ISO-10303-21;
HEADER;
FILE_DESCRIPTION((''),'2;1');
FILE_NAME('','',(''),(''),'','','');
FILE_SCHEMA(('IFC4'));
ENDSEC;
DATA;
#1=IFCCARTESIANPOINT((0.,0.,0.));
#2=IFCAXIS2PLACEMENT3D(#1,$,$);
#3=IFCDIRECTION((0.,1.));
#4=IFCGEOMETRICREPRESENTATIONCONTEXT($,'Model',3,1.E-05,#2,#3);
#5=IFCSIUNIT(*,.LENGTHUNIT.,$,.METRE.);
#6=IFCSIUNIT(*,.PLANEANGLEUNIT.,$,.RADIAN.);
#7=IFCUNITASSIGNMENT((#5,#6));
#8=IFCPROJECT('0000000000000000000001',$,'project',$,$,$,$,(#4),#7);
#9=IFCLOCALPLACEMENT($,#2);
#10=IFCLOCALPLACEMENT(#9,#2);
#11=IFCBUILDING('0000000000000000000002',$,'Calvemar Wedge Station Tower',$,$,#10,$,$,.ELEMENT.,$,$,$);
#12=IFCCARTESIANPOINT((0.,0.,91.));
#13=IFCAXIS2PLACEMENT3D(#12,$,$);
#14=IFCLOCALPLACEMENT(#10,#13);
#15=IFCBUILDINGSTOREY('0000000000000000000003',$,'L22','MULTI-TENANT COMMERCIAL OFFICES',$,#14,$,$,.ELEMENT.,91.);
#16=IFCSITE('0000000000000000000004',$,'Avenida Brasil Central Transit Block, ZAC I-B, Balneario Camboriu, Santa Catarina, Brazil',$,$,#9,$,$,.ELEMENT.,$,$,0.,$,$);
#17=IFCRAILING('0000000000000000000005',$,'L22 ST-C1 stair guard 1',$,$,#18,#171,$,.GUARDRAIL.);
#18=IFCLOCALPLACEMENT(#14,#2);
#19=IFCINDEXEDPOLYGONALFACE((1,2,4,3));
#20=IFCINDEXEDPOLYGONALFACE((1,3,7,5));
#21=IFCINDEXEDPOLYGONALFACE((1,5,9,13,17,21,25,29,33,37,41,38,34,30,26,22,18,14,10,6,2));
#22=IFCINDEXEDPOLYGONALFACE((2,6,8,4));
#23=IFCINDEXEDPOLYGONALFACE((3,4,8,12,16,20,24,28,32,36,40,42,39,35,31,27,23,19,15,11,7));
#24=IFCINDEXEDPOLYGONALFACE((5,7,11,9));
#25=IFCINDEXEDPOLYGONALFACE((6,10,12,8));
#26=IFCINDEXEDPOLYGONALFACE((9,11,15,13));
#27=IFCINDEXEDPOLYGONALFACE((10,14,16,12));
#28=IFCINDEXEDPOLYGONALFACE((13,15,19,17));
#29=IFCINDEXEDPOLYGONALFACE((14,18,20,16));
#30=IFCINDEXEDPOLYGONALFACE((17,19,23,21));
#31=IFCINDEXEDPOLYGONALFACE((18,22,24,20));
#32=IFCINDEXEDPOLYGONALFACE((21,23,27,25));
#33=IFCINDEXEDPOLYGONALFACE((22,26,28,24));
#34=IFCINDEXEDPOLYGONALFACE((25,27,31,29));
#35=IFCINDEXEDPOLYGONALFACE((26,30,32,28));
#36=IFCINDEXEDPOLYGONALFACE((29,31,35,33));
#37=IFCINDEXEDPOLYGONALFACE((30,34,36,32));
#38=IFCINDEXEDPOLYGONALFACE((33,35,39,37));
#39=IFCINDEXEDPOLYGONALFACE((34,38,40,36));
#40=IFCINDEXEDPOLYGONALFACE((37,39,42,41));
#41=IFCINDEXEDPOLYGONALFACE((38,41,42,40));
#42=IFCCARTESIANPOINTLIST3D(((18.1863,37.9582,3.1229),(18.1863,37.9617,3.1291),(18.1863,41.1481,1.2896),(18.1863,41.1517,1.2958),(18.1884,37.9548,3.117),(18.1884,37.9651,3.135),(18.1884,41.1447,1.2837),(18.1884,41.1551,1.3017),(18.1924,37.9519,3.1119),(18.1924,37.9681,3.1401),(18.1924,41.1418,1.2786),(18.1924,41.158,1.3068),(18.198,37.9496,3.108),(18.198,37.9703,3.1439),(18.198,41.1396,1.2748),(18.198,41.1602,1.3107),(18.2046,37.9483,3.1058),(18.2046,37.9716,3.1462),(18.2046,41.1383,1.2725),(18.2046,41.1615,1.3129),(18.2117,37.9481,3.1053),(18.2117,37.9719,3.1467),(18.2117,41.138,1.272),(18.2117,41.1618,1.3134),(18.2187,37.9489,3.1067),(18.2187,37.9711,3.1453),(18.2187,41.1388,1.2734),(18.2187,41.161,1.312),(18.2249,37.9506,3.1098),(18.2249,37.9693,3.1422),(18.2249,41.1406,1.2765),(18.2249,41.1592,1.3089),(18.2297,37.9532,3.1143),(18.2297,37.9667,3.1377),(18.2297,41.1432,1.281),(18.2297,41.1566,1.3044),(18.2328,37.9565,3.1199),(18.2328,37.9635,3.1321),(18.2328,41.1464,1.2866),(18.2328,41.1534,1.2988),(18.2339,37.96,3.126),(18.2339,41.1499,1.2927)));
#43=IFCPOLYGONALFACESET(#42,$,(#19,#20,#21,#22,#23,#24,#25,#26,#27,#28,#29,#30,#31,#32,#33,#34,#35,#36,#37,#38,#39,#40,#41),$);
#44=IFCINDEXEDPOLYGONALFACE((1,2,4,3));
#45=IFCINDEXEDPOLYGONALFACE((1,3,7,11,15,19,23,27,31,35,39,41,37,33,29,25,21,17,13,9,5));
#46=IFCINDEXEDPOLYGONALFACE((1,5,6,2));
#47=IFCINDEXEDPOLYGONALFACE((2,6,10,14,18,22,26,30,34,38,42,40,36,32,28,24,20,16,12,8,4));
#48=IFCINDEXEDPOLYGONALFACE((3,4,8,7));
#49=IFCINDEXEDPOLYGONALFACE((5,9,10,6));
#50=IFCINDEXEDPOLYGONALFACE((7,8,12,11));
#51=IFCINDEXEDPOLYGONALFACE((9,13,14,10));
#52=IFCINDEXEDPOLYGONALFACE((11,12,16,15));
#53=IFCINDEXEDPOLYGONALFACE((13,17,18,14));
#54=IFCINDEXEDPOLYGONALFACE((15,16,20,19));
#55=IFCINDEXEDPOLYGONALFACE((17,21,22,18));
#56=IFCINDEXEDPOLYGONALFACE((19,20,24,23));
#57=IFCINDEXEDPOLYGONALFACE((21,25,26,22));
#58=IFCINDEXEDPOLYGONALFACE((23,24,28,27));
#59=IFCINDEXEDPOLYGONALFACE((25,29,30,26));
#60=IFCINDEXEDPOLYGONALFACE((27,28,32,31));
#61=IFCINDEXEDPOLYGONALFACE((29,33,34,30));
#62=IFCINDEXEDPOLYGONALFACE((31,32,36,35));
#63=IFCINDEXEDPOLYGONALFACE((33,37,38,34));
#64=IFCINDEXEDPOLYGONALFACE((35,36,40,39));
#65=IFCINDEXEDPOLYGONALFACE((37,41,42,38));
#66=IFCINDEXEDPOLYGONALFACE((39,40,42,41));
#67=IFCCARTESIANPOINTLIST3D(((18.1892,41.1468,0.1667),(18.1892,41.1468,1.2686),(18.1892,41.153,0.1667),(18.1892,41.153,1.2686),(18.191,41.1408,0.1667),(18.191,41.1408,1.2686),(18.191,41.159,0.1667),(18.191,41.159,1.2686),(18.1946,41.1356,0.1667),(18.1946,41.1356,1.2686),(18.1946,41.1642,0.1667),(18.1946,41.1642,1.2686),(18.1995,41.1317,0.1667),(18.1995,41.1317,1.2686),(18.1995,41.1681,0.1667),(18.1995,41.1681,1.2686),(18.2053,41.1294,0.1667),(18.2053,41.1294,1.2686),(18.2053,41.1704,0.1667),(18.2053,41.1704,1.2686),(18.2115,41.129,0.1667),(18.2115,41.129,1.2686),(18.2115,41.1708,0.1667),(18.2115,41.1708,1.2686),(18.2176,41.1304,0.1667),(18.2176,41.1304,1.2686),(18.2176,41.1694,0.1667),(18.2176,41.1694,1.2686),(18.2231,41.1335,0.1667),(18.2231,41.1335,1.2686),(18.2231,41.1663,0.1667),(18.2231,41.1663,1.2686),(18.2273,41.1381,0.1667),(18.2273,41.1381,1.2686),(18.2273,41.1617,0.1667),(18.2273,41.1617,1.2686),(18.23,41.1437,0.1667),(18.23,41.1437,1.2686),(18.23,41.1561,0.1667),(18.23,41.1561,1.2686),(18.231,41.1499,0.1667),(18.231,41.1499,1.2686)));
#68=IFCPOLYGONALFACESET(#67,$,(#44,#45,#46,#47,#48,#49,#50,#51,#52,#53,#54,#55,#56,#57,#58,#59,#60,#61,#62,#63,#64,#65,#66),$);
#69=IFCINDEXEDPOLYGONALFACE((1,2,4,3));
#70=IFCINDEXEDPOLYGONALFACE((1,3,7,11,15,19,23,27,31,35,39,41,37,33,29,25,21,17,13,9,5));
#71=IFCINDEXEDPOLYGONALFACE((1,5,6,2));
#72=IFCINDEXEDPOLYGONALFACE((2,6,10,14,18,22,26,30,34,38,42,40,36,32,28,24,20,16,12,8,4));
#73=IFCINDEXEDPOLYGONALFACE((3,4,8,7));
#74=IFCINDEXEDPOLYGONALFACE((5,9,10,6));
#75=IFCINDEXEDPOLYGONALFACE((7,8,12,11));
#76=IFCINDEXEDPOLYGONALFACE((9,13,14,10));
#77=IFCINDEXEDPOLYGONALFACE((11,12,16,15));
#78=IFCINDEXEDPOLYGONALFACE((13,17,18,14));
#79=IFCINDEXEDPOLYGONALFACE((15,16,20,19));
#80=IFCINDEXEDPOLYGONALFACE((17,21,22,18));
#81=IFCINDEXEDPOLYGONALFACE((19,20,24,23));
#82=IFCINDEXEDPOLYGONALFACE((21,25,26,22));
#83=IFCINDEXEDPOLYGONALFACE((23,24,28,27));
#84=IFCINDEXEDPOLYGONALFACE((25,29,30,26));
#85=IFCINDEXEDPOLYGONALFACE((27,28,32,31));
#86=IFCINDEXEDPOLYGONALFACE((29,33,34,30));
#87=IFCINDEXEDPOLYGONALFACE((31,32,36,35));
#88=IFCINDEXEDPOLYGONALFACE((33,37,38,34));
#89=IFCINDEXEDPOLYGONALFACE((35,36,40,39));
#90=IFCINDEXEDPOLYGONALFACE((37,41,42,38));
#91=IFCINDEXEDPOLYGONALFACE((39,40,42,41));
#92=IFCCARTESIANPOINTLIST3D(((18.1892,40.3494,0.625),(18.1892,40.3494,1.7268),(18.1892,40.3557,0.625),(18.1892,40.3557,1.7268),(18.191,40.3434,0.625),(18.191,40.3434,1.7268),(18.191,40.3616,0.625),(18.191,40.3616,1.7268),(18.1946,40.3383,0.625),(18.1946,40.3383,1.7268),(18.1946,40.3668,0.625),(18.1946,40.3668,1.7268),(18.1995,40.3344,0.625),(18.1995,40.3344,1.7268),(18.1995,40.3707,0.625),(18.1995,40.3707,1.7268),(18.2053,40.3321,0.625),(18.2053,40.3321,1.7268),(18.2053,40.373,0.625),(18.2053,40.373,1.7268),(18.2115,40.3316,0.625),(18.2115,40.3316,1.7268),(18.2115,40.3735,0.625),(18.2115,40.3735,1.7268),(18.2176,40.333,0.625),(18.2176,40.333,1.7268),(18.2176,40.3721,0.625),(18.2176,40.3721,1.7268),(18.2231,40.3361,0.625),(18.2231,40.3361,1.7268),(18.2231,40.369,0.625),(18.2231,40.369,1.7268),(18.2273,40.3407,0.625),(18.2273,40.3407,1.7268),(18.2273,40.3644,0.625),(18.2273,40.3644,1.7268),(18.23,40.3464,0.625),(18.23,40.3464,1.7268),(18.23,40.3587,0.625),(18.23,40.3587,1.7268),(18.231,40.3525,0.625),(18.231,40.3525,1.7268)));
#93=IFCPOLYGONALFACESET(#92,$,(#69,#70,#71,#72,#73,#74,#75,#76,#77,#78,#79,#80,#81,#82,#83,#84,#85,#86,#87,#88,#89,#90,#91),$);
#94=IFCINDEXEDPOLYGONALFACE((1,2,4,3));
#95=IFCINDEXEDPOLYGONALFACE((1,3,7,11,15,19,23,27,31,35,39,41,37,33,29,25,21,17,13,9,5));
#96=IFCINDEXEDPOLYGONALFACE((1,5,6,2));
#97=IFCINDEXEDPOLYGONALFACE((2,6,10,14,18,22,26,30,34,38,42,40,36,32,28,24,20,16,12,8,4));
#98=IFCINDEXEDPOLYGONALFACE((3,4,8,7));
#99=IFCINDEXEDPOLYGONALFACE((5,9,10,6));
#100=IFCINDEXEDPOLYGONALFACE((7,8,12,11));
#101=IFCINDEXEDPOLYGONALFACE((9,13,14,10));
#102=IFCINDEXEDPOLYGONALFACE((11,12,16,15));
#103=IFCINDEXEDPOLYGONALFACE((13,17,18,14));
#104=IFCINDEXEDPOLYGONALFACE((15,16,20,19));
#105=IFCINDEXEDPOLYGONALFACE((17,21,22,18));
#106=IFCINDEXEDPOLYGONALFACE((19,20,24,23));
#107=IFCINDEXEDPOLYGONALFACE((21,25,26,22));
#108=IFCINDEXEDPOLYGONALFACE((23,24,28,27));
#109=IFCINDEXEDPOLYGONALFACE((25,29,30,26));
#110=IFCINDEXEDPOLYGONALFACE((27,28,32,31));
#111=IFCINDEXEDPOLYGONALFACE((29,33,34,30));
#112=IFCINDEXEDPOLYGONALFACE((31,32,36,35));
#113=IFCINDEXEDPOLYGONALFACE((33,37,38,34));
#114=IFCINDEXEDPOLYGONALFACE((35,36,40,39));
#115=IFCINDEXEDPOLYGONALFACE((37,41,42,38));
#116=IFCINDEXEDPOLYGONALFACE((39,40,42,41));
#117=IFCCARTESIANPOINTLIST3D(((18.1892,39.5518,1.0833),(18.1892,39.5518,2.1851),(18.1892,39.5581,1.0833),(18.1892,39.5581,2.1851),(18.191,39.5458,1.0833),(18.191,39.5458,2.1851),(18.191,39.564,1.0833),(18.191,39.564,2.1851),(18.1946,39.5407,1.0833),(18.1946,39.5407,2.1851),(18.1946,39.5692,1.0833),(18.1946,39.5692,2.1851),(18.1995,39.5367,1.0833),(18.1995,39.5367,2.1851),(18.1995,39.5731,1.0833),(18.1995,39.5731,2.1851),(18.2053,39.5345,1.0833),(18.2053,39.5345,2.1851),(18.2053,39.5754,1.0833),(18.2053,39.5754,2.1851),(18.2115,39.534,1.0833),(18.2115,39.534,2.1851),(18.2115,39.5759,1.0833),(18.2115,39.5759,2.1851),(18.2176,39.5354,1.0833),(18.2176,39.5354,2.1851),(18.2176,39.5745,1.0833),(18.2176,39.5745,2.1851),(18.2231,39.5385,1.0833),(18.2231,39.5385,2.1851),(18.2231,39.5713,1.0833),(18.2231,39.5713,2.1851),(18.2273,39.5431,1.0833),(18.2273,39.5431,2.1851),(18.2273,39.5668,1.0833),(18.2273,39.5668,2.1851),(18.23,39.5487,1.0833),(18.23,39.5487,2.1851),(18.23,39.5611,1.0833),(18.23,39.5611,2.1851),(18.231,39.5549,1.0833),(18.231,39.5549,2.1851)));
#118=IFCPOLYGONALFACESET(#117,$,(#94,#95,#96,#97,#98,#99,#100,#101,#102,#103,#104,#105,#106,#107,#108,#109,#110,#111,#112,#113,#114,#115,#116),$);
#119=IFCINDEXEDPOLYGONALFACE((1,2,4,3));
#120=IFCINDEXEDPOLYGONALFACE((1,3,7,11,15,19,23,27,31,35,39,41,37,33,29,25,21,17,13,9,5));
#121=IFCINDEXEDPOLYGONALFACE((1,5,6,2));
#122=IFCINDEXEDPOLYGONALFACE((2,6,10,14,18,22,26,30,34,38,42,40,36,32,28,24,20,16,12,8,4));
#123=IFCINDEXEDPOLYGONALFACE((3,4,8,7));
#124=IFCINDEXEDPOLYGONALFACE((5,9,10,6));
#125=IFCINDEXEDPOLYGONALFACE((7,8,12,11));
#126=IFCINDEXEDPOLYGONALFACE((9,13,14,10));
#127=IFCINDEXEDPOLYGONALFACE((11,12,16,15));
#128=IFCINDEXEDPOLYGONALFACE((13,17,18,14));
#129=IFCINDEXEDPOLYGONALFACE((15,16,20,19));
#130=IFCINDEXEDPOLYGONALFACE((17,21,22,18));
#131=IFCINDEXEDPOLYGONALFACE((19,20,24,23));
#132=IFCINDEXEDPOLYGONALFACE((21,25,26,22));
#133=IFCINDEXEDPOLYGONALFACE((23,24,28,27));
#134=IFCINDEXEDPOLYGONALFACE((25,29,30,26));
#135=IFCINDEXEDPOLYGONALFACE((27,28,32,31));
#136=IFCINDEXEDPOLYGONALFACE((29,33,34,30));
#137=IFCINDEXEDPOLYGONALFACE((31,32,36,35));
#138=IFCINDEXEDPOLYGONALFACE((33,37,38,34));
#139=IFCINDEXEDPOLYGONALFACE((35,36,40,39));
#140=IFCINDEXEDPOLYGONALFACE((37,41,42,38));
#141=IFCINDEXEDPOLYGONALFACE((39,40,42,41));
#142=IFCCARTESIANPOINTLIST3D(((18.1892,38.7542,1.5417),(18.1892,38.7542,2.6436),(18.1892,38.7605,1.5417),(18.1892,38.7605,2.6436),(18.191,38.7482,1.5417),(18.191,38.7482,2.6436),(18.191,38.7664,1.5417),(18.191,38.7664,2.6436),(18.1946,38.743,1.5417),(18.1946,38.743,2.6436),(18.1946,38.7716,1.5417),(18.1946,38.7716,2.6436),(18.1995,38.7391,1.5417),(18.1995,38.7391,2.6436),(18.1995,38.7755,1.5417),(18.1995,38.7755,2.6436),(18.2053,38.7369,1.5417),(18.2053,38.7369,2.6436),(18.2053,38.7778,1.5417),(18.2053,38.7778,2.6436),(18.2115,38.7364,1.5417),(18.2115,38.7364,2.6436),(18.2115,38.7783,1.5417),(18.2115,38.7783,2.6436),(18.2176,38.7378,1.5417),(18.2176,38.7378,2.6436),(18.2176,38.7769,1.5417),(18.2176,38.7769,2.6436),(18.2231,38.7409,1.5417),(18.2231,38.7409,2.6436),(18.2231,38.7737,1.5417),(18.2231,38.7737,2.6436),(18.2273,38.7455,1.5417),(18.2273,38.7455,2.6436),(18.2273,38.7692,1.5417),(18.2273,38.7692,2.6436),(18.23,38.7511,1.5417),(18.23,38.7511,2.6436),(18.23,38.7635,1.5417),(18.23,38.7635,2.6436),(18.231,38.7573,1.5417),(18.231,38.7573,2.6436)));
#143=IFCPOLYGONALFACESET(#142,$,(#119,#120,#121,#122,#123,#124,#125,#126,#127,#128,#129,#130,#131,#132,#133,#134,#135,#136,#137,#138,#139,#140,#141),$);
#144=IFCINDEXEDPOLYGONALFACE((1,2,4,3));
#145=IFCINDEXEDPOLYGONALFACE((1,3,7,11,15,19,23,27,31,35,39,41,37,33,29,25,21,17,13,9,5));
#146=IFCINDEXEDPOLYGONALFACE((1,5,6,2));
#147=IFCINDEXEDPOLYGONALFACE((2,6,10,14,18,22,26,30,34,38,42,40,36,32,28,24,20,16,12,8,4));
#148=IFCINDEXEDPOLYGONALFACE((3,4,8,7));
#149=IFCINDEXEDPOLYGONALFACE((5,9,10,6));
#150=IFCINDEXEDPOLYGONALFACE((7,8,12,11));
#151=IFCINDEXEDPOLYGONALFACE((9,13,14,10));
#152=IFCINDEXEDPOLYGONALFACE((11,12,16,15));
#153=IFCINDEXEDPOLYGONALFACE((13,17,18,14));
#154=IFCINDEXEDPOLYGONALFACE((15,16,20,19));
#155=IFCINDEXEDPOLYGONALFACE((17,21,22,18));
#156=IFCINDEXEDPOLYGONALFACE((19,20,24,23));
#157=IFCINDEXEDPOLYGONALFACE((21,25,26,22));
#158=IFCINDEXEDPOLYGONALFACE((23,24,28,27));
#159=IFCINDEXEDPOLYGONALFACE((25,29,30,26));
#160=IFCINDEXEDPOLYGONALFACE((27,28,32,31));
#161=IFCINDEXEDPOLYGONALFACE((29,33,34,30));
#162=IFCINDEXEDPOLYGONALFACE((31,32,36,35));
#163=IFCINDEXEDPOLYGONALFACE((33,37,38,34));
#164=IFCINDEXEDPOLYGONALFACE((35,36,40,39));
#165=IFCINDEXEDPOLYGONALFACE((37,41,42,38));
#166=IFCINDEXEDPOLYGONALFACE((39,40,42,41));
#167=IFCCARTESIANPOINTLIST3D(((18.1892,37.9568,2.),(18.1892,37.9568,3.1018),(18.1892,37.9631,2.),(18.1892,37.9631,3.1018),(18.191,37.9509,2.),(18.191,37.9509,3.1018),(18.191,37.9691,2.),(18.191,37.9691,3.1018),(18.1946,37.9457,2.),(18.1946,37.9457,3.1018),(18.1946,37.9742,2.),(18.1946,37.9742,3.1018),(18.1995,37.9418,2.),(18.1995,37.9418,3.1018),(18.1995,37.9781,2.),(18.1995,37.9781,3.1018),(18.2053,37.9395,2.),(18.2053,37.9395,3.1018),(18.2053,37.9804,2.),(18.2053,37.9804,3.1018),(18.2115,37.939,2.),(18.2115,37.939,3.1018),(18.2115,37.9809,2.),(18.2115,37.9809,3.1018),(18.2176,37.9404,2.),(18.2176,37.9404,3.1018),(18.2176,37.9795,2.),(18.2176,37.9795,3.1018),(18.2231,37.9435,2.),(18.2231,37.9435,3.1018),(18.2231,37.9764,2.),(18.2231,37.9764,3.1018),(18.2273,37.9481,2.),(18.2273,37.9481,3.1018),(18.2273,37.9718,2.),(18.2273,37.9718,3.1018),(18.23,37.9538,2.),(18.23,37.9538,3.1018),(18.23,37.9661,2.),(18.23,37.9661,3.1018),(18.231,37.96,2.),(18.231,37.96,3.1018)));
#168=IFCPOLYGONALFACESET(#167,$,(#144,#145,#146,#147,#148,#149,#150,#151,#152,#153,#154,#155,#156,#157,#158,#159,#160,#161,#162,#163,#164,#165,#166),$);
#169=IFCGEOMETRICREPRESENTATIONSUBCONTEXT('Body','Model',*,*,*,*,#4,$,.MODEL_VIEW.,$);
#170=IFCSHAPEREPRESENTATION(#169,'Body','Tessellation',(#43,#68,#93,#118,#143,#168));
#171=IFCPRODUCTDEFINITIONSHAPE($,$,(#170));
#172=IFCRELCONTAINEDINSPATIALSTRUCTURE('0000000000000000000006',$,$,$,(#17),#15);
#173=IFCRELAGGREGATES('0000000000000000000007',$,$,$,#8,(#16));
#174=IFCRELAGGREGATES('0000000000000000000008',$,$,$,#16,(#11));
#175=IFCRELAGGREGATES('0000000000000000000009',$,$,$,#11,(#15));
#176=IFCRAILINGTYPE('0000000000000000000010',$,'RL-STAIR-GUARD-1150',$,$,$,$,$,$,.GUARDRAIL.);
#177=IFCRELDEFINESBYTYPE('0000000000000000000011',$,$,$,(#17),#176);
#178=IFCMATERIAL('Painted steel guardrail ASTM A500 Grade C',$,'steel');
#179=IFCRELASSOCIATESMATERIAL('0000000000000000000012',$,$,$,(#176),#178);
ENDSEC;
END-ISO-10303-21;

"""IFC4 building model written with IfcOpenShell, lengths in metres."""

from ifc_helpers import new_model, si_unit, direction, frame, origin, origin_2d, place, context, subcontext, project, spatial, circle, extrude, material, type_object, element, save


model = new_model("IFC4")

# Units and contexts
model_context = context("Model", 3, precision=1e-05, world=origin(), true_north=direction((0.0, 1.0)))
body_context = subcontext(model_context, "Body", "Model", "MODEL_VIEW")
ifc_project = project(units=[si_unit("LENGTHUNIT", "METRE"), si_unit("PLANEANGLEUNIT", "RADIAN")], contexts=[model_context])

# Site, building, storey
site_placement = place(None, origin())
site = spatial("IfcSite", under=ifc_project, at=site_placement, Name="Avenida Brasil Central Transit Block, ZAC I-B, Balneario Camboriu, Santa Catarina, Brazil", CompositionType="ELEMENT", RefElevation=0.0)
building_placement = place(site_placement, origin())
building = spatial("IfcBuilding", under=site, at=building_placement, Name="Calvemar Wedge Station Tower", CompositionType="ELEMENT")
storey_placement = place(building_placement, frame((0.0, 0.0, 91.0)))
storey = spatial("IfcBuildingStorey", under=building, at=storey_placement, Name="L22", Description="MULTI-TENANT COMMERCIAL OFFICES", CompositionType="ELEMENT", Elevation=91.0)

# Railing
ifc_material_1 = material(Name="Painted steel guardrail ASTM A500 Grade C", Category="steel")
railing_type_1 = type_object("IfcRailingType", Name="RL-STAIR-GUARD-1150", PredefinedType="GUARDRAIL", material=ifc_material_1)
railing_1_placement = place(storey_placement, frame((18.21, 41.1499, 0.1667)))
element("IfcRailing", 1, at=railing_1_placement, inside=storey, type_object=railing_type_1, Name="L22 ST-C1 stair guard 1", PredefinedType="GUARDRAIL", context=body_context, shape_type="SweptSolid", body=[
    extrude(circle(Radius=0.0239, at=origin_2d()), frame((0.0, 0.0, 1.126), z_axis=(0.0, -0.86702, 0.498274), x_axis=(1.0, 0.0, 0.0)), (0.0, 0.0, 1.0), 3.6792),
    extrude(circle(Radius=0.021, at=origin_2d()), origin(), (0.0, 0.0, 1.0), 1.1018),
    extrude(circle(Radius=0.021, at=origin_2d()), frame((0.0, -0.7974, 0.4583)), (0.0, 0.0, 1.0), 1.1018),
    extrude(circle(Radius=0.021, at=origin_2d()), frame((0.0, -1.595, 0.9165)), (0.0, 0.0, 1.0), 1.1018),
    extrude(circle(Radius=0.021, at=origin_2d()), frame((0.0, -2.3926, 1.375)), (0.0, 0.0, 1.0), 1.1018),
    extrude(circle(Radius=0.021, at=origin_2d()), frame((0.0, -3.1899, 1.8333)), (0.0, 0.0, 1.0), 1.1018),
])

save(model, "model.ifc")
